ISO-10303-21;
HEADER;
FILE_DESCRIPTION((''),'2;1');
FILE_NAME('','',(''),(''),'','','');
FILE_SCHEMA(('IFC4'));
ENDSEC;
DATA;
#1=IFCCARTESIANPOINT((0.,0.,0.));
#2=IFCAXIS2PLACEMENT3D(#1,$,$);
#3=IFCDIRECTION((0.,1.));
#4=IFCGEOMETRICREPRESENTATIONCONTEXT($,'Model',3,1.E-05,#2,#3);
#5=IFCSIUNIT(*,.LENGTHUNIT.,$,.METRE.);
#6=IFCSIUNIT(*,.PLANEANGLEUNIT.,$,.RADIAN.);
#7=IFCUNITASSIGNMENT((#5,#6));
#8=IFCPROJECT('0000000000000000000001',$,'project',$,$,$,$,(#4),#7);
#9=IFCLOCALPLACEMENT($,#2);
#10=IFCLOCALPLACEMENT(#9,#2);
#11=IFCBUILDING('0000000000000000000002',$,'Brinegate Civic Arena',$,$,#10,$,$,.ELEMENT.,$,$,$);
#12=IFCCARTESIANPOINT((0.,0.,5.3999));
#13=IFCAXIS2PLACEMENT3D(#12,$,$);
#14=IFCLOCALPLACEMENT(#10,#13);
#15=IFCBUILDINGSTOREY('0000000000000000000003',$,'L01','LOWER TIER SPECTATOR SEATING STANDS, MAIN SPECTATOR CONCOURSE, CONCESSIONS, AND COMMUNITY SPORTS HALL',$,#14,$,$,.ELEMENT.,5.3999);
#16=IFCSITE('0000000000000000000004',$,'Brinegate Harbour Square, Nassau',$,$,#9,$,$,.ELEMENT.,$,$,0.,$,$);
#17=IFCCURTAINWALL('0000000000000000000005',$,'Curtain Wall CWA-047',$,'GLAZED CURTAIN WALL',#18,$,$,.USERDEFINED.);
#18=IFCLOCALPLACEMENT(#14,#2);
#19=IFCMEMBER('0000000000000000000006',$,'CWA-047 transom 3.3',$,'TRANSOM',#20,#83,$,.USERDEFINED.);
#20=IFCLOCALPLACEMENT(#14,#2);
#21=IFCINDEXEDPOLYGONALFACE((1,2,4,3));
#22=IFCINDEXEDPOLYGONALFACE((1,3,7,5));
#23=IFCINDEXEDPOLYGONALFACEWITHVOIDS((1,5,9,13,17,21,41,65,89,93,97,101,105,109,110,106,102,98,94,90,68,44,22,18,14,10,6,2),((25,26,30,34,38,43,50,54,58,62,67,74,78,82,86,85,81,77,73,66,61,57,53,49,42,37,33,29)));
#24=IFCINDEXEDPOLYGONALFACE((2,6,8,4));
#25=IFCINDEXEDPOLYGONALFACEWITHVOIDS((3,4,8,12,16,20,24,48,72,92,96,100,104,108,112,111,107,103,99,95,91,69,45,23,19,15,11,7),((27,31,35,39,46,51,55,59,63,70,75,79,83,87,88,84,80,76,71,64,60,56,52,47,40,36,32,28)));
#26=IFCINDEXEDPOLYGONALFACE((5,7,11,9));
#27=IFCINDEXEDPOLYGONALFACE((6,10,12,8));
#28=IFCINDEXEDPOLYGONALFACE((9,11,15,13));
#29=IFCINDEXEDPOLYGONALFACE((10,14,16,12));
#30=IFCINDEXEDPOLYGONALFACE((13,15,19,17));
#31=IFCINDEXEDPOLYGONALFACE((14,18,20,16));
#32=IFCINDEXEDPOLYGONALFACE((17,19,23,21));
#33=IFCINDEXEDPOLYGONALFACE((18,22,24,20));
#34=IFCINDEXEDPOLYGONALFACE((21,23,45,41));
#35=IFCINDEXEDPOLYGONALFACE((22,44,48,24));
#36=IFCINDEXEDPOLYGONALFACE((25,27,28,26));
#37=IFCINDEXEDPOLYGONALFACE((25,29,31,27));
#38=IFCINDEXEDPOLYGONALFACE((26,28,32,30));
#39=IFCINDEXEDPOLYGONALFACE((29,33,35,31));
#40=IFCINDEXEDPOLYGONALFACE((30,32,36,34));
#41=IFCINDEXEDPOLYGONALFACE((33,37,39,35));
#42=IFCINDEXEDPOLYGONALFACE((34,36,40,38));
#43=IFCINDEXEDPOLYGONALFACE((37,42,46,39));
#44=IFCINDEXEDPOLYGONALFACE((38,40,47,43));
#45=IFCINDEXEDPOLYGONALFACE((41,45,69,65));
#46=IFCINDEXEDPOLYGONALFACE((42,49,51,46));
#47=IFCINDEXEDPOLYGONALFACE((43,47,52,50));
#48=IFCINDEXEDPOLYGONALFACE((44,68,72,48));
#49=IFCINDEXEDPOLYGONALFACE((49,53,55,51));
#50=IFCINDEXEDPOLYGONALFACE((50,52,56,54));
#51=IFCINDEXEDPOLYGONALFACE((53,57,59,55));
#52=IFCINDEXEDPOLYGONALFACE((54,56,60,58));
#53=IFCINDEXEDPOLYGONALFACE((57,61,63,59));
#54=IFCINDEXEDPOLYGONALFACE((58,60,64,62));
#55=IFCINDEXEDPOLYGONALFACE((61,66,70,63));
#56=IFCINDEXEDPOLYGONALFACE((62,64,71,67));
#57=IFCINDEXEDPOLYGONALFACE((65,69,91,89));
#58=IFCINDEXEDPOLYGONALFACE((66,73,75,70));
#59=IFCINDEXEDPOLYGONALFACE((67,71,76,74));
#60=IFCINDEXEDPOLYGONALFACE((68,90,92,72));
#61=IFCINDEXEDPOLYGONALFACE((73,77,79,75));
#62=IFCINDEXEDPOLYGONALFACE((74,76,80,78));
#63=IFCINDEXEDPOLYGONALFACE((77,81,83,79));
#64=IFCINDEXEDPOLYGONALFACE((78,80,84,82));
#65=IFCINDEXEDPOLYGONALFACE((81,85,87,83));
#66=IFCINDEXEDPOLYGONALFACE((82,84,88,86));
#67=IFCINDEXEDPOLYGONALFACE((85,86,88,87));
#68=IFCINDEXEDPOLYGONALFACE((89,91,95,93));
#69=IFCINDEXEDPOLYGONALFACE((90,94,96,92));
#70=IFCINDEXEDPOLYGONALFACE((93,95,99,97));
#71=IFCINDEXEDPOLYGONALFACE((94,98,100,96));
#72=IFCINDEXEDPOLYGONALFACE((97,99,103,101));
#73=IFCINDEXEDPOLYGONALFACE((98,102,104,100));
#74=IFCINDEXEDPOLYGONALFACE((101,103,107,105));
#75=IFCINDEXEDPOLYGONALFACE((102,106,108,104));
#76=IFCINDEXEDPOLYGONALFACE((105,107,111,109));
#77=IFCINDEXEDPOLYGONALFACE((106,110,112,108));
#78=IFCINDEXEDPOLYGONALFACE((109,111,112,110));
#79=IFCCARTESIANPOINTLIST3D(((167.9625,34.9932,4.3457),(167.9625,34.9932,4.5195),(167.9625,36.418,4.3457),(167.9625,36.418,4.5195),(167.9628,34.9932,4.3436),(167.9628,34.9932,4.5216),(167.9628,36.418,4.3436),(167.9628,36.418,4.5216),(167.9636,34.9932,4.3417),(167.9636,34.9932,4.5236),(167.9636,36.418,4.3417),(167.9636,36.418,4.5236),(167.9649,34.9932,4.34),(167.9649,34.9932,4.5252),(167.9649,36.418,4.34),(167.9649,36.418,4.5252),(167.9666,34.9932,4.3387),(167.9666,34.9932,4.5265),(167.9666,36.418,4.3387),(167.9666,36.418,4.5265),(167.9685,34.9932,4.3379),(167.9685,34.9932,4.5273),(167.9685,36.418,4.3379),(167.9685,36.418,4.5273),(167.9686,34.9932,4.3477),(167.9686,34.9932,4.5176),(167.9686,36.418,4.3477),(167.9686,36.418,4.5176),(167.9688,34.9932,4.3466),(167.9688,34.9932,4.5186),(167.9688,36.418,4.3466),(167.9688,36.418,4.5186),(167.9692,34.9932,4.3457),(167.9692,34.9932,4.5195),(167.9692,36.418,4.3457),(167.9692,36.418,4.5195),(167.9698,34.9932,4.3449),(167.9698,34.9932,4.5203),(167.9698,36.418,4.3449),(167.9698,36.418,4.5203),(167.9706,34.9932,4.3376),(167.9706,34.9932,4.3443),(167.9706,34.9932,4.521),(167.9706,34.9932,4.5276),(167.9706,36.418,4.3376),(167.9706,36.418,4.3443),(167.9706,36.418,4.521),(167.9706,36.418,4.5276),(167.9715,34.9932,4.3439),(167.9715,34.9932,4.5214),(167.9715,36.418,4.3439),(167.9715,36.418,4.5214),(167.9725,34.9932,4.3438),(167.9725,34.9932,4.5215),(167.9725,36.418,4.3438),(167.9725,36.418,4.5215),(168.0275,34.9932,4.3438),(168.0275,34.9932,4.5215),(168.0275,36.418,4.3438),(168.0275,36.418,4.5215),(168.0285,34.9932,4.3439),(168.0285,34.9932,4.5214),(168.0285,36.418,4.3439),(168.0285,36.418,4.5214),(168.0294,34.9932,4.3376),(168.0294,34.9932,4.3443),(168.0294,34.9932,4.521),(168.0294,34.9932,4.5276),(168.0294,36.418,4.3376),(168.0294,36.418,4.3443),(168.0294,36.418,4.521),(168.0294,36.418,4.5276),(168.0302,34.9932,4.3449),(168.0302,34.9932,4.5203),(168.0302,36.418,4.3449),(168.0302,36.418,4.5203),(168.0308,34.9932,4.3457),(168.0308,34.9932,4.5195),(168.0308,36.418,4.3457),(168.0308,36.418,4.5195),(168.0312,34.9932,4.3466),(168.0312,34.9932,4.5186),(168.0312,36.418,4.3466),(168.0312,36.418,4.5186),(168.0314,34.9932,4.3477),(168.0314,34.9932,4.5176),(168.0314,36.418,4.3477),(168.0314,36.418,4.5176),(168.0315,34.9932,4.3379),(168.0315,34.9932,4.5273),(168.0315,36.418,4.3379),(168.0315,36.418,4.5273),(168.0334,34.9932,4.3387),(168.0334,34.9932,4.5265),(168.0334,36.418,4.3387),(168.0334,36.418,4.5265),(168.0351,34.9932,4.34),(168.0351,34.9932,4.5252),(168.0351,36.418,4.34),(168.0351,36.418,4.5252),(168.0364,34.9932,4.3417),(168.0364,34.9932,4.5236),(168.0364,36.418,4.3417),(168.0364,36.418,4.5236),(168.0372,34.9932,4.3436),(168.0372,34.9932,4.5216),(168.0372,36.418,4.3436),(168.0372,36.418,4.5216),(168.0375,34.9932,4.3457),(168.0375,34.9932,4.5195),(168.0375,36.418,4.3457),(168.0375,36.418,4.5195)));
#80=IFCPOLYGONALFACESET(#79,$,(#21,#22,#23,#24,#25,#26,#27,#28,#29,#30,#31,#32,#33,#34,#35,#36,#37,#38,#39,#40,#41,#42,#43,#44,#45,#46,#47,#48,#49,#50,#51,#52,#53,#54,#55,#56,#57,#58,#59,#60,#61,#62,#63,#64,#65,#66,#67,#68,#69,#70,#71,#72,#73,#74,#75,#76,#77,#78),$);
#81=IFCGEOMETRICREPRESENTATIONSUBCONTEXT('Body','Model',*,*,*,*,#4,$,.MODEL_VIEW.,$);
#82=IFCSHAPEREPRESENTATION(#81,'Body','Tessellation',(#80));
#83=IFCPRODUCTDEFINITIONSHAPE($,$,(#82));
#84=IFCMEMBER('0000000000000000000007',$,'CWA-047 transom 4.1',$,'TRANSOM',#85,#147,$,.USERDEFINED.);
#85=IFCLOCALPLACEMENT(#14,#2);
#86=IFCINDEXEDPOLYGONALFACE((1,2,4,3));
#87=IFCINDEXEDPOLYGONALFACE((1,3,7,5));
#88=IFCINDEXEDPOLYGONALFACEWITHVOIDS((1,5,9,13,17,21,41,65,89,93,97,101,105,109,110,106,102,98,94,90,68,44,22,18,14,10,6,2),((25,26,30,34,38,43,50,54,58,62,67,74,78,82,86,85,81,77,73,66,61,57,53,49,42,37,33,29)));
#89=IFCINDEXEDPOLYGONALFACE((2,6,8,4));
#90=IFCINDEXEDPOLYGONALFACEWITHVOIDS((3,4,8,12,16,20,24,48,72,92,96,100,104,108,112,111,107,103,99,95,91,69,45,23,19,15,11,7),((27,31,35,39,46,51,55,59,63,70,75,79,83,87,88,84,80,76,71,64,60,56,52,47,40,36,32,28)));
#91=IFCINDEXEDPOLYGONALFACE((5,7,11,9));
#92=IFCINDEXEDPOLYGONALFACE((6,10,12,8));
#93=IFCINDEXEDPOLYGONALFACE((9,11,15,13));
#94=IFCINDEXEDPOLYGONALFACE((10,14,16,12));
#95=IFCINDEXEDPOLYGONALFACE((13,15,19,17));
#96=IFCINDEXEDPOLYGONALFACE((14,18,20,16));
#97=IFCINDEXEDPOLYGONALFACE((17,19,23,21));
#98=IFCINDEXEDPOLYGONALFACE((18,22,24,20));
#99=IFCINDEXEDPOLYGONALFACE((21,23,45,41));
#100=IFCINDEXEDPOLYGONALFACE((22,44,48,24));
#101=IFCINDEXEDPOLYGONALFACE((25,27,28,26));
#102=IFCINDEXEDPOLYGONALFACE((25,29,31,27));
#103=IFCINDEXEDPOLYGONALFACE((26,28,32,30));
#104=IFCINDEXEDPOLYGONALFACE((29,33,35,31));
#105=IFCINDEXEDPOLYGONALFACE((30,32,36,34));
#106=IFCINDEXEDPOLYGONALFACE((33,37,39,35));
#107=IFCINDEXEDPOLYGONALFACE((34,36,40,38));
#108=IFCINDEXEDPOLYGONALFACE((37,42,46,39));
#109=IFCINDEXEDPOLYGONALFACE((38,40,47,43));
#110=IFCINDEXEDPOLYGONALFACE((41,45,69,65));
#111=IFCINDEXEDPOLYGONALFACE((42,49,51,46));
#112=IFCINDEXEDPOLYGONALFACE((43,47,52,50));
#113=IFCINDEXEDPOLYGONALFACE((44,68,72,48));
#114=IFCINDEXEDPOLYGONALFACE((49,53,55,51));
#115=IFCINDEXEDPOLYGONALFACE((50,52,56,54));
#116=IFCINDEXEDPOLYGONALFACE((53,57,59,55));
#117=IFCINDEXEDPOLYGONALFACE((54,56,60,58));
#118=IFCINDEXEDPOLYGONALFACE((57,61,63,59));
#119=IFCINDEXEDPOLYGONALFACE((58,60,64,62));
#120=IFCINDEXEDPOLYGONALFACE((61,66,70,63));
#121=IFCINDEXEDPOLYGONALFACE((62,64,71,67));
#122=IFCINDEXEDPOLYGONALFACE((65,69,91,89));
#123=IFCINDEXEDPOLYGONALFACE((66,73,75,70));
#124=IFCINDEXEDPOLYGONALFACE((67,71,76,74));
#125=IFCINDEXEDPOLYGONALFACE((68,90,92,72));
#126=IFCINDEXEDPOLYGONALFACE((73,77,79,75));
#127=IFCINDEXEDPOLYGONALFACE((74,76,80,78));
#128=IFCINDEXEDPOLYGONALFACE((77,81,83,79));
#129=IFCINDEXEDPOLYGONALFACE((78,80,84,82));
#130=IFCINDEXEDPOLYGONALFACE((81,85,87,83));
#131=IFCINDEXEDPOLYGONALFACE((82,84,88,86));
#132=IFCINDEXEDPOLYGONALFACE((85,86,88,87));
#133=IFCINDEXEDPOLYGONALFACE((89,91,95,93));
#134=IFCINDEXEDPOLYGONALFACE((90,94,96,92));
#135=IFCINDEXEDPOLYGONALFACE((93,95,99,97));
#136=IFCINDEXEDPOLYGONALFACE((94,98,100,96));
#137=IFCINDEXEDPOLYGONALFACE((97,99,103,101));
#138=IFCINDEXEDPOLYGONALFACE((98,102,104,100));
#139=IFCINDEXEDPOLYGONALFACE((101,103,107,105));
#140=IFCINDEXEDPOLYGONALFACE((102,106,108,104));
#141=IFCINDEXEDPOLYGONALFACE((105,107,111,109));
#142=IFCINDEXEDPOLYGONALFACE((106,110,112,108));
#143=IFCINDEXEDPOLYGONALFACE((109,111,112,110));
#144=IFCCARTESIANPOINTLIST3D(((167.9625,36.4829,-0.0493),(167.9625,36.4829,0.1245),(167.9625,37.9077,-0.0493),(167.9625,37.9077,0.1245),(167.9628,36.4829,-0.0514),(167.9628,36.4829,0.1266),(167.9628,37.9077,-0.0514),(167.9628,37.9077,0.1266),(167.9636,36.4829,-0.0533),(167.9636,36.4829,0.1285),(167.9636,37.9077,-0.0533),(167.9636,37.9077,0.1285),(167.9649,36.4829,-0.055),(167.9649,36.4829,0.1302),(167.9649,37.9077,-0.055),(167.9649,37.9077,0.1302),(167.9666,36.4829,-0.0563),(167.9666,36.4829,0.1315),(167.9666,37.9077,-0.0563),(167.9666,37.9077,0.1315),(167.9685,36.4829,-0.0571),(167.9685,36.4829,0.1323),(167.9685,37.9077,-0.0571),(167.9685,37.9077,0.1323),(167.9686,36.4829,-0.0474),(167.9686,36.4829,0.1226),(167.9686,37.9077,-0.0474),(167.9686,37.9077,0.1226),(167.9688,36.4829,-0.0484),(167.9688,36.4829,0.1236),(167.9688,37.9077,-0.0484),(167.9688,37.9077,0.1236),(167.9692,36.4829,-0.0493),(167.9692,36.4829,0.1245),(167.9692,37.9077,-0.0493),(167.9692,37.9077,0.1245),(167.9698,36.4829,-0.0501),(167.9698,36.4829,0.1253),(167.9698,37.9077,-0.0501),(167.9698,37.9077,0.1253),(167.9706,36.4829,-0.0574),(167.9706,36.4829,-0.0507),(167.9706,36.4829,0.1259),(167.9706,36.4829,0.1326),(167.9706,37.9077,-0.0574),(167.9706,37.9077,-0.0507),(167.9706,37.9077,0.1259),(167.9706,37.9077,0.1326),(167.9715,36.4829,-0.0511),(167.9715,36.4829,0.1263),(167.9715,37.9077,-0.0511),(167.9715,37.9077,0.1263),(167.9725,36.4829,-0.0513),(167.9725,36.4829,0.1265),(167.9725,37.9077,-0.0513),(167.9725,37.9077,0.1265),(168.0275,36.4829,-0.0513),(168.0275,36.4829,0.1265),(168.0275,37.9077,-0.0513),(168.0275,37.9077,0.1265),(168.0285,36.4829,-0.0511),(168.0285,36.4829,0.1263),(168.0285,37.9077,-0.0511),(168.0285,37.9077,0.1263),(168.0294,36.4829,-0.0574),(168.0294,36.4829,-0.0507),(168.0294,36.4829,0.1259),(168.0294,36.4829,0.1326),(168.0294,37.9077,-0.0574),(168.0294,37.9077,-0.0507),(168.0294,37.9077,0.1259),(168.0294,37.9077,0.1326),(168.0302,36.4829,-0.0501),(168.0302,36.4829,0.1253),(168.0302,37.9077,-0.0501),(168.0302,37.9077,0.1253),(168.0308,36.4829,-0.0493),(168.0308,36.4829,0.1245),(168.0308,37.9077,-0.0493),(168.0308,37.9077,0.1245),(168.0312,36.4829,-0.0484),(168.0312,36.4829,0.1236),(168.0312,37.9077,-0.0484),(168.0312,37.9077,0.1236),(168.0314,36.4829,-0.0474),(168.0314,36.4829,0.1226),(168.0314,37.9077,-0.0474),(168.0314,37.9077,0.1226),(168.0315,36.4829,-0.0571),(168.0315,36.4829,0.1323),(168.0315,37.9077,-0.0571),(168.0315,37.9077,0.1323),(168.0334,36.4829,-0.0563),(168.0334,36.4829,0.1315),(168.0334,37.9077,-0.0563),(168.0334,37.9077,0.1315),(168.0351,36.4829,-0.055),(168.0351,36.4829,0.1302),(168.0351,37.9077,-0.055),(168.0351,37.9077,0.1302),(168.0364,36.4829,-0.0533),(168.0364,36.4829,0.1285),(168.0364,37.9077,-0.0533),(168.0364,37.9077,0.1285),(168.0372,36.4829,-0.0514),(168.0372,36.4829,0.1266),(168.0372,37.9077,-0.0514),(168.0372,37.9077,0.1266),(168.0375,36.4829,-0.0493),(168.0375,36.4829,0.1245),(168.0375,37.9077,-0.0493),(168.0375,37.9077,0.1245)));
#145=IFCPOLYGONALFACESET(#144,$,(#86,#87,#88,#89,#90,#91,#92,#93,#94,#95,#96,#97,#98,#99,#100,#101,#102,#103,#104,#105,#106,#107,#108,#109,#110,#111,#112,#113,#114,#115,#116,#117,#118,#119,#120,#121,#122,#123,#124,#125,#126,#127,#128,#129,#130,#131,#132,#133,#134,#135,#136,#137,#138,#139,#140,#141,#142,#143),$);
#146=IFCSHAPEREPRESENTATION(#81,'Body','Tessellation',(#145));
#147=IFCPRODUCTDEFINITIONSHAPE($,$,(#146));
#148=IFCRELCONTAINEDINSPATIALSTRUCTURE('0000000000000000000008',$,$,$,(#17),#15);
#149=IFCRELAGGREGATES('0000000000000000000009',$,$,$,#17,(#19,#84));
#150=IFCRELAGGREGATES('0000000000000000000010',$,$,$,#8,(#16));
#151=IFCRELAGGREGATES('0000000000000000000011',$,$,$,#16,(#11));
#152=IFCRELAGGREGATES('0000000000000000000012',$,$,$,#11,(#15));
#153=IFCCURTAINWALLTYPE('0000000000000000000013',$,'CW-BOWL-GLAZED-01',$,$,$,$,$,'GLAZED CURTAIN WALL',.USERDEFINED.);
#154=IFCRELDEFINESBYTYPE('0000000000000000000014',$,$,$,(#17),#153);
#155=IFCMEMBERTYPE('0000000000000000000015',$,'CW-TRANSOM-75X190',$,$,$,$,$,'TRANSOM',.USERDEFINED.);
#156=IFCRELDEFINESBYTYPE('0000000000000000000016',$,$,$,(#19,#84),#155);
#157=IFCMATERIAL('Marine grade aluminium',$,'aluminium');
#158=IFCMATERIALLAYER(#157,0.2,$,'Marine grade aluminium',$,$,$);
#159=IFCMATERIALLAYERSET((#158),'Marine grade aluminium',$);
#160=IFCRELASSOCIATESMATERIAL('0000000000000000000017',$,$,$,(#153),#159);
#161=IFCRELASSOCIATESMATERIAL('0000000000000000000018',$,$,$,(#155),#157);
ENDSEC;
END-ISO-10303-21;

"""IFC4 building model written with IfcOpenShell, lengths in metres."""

from ifc_helpers import new_model, si_unit, direction, frame, origin, origin_2d, place, context, subcontext, project, spatial, hollow_rectangle, extrude, material, layer, layer_set, material_profile, profile_set, type_object, element, aggregate, save


model = new_model("IFC4")

# Units and contexts
model_context = context("Model", 3, precision=1e-05, world=origin(), true_north=direction((0.0, 1.0)))
body_context = subcontext(model_context, "Body", "Model", "MODEL_VIEW")
ifc_project = project(units=[si_unit("LENGTHUNIT", "METRE"), si_unit("PLANEANGLEUNIT", "RADIAN")], contexts=[model_context])

# Site, building, storey
site_placement = place(None, origin())
site = spatial("IfcSite", under=ifc_project, at=site_placement, Name="Brinegate Harbour Square, Nassau", CompositionType="ELEMENT", RefElevation=0.0)
building_placement = place(site_placement, origin())
building = spatial("IfcBuilding", under=site, at=building_placement, Name="Brinegate Civic Arena", CompositionType="ELEMENT")
storey_placement = place(building_placement, frame((0.0, 0.0, 5.3999)))
storey = spatial("IfcBuildingStorey", under=building, at=storey_placement, Name="L01", Description="LOWER TIER SPECTATOR SEATING STANDS, MAIN SPECTATOR CONCOURSE, CONCESSIONS, AND COMMUNITY SPORTS HALL", CompositionType="ELEMENT", Elevation=5.3999)

# Curtain wall, members
ifc_material_1 = material(Name="Marine grade aluminium", Category="aluminium")
ifc_layer_1 = layer(ifc_material_1, 0.2, Name="Marine grade aluminium")
ifc_layer_set_1 = layer_set([ifc_layer_1], Name="Marine grade aluminium")
curtain_wall_type = type_object("IfcCurtainWallType", Name="CW-BOWL-GLAZED-01", ElementType="GLAZED CURTAIN WALL", PredefinedType="USERDEFINED", material=ifc_layer_set_1)
curtain_wall_placement = place(storey_placement, origin())
curtain_wall = element("IfcCurtainWall", 1, at=curtain_wall_placement, inside=storey, type_object=curtain_wall_type, Name="Curtain Wall CWA-047", ObjectType="GLAZED CURTAIN WALL", PredefinedType="USERDEFINED")
ifc_material_profile_1 = material_profile(ifc_material_1, hollow_rectangle(XDim=0.075, YDim=0.1899, WallThickness=0.0061, InnerFilletRadius=0.0039, OuterFilletRadius=0.0081, at=origin_2d()), Name="TRN75X190")
ifc_profile_set_1 = profile_set([ifc_material_profile_1], Name="Marine grade aluminium")
member_type_1 = type_object("IfcMemberType", Name="CW-TRANSOM-75X190", ElementType="TRANSOM", PredefinedType="USERDEFINED", material=ifc_profile_set_1)
member_1_placement = place(storey_placement, frame((168.0, 34.9932, 4.4326), z_axis=(0.0, 1.0, 0.0), x_axis=(-1.0, 0.0, 0.0)))
member_1 = element("IfcMember", 2, at=member_1_placement, type_object=member_type_1, Name="CWA-047 transom 3.3", ObjectType="TRANSOM", PredefinedType="USERDEFINED", context=body_context, shape_type="SweptSolid", body=[
    extrude(hollow_rectangle(XDim=0.075, YDim=0.1899, WallThickness=0.0061, InnerFilletRadius=0.0039, OuterFilletRadius=0.0081, at=origin_2d()), origin(), (0.0, 0.0, 1.0), 1.4248),
])
member_2_placement = place(storey_placement, frame((168.0, 36.4829, 0.0376), z_axis=(0.0, 1.0, 0.0), x_axis=(-1.0, 0.0, 0.0)))
member_2 = element("IfcMember", 3, at=member_2_placement, type_object=member_type_1, Name="CWA-047 transom 4.1", ObjectType="TRANSOM", PredefinedType="USERDEFINED", context=body_context, shape_type="SweptSolid", body=[
    extrude(hollow_rectangle(XDim=0.075, YDim=0.1899, WallThickness=0.0061, InnerFilletRadius=0.0039, OuterFilletRadius=0.0081, at=origin_2d()), origin(), (0.0, 0.0, 1.0), 1.4248),
])
aggregate(curtain_wall, [member_1, member_2])

save(model, "model.ifc")
